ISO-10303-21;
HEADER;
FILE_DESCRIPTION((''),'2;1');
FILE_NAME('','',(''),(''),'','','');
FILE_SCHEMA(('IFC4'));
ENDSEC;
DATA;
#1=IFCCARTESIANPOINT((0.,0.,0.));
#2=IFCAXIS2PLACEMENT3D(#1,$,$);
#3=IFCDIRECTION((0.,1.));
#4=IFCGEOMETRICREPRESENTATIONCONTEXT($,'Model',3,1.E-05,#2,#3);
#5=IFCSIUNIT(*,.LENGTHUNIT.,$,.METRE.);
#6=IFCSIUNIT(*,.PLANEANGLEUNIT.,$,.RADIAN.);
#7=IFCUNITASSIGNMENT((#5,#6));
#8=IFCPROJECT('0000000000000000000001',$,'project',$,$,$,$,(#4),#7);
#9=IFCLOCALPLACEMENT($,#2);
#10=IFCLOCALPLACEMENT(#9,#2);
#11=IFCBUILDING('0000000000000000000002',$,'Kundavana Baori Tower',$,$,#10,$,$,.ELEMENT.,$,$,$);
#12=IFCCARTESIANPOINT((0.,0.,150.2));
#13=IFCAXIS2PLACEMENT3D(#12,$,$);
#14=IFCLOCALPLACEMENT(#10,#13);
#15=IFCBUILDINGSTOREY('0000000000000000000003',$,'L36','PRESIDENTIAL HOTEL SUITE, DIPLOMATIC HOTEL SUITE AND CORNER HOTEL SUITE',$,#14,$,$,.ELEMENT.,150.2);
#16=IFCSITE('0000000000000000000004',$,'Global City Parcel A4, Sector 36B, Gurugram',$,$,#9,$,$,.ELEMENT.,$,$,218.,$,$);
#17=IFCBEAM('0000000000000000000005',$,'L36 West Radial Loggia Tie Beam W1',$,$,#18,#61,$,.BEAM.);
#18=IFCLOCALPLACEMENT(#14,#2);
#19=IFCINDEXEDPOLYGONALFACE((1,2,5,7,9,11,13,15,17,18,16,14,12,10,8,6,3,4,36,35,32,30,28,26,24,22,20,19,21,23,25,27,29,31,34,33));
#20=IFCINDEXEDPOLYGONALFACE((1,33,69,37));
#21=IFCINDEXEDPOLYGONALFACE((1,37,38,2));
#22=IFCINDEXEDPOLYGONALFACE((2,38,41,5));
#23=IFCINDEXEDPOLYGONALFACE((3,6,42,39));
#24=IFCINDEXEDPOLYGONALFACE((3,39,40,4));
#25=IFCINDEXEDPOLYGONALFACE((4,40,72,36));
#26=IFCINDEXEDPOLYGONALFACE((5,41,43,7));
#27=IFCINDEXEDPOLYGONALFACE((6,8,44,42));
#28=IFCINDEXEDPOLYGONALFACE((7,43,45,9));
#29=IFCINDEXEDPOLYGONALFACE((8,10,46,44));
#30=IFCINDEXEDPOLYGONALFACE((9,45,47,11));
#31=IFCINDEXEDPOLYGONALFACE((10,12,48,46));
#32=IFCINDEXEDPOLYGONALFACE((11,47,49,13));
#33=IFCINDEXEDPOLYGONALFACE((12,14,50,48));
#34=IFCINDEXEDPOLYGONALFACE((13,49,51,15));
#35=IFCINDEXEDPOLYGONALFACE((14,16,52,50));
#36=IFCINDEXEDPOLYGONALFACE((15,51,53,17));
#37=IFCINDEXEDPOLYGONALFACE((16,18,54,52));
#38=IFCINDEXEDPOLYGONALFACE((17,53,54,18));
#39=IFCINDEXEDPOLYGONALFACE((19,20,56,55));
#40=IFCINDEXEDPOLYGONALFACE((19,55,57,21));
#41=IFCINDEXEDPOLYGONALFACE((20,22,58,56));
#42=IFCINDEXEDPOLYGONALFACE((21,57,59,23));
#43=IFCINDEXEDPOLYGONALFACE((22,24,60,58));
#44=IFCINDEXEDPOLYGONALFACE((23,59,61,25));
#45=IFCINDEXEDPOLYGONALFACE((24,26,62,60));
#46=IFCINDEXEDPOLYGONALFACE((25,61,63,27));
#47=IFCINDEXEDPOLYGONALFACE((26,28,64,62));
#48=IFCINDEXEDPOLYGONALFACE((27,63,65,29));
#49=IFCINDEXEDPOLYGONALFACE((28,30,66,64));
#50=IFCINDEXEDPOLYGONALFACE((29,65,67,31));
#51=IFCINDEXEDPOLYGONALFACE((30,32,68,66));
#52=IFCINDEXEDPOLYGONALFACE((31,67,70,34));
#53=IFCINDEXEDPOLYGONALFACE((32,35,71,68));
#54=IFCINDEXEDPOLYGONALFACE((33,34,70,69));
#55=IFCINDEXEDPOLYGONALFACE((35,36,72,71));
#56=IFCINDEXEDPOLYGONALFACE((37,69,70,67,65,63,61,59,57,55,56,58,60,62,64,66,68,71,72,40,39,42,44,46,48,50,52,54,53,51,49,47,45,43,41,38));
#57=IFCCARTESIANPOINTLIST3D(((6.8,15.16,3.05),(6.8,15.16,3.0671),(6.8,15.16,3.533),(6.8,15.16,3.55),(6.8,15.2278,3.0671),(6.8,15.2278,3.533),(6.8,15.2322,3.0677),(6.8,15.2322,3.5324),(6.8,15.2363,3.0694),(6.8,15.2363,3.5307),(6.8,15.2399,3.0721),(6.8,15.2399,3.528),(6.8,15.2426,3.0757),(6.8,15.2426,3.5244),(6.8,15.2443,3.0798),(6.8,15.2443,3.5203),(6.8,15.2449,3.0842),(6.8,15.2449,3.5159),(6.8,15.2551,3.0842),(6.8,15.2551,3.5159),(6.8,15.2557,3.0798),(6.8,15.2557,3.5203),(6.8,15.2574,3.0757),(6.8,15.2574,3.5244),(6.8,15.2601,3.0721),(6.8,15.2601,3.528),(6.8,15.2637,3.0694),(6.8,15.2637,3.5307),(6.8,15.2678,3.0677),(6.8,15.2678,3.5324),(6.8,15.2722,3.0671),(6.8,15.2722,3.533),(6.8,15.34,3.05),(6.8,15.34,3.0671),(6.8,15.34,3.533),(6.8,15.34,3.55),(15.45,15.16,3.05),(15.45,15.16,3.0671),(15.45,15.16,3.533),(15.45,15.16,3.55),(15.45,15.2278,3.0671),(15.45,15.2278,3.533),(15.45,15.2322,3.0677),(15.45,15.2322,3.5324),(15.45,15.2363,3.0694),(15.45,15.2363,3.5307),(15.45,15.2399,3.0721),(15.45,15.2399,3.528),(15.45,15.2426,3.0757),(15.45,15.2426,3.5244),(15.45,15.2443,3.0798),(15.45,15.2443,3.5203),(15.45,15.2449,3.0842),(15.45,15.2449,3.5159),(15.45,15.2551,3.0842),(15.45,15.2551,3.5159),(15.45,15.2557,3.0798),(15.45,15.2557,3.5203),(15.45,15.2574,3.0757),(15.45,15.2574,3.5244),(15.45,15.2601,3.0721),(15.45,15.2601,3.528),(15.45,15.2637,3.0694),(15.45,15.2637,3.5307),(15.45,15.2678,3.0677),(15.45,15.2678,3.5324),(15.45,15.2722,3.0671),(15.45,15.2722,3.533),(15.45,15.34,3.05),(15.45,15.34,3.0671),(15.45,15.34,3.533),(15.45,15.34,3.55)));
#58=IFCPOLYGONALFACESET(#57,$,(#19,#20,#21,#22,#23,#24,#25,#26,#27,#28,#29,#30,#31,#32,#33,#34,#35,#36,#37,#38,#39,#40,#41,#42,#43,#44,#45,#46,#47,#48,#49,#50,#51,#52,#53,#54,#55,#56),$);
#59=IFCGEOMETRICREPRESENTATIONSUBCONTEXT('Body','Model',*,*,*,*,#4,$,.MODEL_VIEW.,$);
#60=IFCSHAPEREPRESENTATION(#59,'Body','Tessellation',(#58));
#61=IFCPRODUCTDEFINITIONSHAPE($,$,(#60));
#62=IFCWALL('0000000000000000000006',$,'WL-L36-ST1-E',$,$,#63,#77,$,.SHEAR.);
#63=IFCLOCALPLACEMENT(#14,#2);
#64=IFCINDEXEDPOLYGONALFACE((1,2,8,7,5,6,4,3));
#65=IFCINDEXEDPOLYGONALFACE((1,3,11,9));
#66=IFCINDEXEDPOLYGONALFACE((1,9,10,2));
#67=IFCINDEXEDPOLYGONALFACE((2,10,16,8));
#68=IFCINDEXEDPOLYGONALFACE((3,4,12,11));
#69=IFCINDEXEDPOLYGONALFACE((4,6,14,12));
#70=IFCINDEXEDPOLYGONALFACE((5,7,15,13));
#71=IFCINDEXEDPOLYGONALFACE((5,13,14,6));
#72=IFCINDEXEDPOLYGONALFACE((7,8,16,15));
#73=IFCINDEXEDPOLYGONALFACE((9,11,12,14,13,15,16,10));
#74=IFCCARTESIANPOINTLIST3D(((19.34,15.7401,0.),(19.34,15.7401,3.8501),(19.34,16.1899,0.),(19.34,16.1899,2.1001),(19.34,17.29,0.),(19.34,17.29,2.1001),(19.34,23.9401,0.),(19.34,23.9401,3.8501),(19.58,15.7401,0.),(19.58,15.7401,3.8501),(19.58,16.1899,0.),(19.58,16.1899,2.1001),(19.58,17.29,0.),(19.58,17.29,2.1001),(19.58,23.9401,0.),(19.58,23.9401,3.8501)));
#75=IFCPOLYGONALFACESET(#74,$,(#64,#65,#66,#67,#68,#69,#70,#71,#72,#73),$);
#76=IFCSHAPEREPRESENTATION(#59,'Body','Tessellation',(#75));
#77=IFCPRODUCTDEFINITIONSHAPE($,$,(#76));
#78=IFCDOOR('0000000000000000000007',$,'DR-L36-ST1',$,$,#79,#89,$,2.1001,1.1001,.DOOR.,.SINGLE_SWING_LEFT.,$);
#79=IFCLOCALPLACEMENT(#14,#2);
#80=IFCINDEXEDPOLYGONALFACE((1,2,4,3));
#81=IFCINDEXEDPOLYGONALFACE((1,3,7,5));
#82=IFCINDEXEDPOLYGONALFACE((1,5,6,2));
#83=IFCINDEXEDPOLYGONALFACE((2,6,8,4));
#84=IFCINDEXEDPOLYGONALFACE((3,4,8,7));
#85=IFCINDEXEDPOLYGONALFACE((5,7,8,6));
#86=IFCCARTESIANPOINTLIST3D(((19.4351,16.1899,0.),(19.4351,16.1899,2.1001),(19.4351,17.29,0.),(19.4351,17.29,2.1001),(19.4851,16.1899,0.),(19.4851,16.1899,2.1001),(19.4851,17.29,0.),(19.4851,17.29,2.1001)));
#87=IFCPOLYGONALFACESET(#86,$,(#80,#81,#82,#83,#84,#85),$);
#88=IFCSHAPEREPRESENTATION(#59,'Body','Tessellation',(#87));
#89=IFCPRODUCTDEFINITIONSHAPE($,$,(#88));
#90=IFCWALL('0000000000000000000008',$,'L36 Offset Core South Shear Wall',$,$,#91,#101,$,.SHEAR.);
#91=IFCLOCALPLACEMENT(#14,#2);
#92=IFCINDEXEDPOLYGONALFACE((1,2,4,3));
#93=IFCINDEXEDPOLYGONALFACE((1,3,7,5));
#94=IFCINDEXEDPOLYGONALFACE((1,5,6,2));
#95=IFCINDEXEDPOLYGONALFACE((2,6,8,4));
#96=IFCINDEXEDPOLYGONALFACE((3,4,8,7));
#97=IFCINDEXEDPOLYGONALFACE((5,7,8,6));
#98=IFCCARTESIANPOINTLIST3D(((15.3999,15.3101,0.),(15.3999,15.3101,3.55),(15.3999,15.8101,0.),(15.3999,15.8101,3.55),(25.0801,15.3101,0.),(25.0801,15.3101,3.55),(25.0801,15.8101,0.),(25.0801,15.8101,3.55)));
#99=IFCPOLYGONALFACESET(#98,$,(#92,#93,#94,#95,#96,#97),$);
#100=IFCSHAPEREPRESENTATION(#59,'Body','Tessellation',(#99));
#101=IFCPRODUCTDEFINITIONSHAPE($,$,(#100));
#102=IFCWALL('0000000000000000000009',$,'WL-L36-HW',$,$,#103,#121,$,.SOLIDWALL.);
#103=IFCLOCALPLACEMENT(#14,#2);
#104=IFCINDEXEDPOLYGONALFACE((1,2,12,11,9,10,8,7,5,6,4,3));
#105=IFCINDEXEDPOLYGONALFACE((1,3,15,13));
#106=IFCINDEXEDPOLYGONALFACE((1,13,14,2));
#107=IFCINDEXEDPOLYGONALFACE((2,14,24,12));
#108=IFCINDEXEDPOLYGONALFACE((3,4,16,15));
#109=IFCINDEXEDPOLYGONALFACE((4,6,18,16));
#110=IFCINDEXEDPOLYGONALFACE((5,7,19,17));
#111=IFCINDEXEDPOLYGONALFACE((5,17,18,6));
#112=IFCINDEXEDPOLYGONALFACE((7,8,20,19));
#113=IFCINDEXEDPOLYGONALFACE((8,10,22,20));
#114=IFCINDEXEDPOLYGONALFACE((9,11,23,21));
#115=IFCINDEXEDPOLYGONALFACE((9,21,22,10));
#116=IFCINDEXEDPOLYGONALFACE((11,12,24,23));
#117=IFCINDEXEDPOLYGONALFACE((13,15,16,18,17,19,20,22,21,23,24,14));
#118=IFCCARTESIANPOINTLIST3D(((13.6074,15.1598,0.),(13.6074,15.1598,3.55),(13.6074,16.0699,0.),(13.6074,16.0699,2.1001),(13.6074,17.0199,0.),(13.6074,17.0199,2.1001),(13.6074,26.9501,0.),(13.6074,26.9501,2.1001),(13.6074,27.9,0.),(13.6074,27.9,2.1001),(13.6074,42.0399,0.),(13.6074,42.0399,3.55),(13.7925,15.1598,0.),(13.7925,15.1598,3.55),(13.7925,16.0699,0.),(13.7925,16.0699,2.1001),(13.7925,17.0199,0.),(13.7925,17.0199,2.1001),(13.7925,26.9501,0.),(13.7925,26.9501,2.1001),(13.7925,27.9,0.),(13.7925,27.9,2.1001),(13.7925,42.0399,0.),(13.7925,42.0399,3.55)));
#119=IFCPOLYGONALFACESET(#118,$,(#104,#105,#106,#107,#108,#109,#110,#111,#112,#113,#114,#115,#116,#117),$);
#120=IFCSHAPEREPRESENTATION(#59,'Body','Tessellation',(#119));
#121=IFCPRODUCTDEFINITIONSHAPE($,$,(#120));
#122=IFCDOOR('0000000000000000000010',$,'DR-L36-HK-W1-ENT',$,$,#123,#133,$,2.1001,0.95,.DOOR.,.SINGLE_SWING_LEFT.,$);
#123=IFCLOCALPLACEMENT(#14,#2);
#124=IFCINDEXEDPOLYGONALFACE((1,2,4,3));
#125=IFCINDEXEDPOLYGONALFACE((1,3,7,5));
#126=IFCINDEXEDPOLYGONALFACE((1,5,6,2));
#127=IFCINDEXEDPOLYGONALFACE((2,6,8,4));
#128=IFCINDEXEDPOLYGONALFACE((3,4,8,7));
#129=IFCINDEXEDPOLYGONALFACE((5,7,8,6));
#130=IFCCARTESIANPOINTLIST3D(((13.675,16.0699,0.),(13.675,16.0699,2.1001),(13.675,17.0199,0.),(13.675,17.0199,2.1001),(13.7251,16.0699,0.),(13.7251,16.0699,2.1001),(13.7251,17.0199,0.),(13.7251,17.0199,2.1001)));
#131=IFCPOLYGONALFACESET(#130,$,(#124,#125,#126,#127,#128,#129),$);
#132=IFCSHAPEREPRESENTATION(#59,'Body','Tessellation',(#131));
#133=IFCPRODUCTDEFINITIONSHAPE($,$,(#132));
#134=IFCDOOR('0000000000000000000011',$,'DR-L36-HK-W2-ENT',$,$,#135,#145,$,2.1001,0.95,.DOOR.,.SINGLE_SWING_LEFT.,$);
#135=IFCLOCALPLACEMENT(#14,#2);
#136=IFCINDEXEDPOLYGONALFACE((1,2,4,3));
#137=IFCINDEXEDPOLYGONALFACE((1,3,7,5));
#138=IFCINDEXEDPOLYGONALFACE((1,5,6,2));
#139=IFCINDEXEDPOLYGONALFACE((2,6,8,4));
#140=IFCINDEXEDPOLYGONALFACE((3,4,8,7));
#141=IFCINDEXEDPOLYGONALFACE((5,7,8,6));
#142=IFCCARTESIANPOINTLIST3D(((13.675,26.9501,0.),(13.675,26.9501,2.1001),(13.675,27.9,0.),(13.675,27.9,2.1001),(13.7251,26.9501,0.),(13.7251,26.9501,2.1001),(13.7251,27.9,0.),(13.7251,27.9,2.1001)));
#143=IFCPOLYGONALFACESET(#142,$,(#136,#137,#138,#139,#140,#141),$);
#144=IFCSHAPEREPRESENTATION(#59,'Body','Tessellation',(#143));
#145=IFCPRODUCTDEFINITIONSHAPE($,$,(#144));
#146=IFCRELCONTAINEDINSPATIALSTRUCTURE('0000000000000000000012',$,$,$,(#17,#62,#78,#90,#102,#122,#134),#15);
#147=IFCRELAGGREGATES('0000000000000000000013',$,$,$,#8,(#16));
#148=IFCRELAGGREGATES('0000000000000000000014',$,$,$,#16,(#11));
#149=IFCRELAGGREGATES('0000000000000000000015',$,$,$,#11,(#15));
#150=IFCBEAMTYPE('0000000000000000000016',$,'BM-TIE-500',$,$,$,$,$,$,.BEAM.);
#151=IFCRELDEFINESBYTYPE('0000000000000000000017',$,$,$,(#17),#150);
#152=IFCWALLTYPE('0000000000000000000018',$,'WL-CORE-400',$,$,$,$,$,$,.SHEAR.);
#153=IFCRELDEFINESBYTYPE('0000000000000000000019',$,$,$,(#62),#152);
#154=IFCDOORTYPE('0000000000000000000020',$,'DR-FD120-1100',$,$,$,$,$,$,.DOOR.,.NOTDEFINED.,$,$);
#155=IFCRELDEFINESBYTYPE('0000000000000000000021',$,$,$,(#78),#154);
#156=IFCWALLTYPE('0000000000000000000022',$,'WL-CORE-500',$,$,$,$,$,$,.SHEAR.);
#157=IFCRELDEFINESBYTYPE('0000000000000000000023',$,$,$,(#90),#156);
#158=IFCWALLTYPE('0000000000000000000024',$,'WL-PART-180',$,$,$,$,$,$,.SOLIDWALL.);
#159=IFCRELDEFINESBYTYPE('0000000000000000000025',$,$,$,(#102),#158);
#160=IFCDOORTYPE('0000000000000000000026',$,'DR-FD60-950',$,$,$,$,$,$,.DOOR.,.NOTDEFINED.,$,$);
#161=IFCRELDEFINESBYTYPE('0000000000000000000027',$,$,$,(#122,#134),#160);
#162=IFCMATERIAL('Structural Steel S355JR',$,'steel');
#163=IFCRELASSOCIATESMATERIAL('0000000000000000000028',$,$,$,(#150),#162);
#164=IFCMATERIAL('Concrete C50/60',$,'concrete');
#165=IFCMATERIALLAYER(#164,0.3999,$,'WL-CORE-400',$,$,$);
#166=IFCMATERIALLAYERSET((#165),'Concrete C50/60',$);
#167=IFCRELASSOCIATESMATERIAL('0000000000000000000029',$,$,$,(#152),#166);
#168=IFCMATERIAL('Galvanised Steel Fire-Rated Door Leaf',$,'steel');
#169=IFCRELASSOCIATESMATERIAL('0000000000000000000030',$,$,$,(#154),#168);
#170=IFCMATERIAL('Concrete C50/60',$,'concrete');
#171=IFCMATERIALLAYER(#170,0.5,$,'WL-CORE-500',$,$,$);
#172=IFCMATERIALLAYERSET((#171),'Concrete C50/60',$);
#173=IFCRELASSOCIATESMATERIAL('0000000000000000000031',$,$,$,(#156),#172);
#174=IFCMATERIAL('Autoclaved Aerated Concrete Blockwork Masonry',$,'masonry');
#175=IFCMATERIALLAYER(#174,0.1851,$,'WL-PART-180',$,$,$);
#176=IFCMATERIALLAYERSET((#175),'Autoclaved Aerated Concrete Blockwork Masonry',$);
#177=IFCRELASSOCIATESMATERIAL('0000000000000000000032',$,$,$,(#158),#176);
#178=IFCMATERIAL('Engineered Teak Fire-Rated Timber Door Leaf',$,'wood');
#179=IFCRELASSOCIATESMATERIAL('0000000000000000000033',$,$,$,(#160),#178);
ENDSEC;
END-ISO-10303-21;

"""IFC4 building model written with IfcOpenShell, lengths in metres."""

from ifc_helpers import new_model, si_unit, direction, frame, frame_2d, origin, origin_2d, place, context, subcontext, project, spatial, rectangle, i_section, extrude, material, layer, layer_set, material_profile, profile_set, type_object, element, fill, save


model = new_model("IFC4")

# Units and contexts
model_context = context("Model", 3, precision=1e-05, world=origin(), true_north=direction((0.0, 1.0)))
body_context = subcontext(model_context, "Body", "Model", "MODEL_VIEW")
ifc_project = project(units=[si_unit("LENGTHUNIT", "METRE"), si_unit("PLANEANGLEUNIT", "RADIAN")], contexts=[model_context])

# Site, building, storey
site_placement = place(None, origin())
site = spatial("IfcSite", under=ifc_project, at=site_placement, Name="Global City Parcel A4, Sector 36B, Gurugram", CompositionType="ELEMENT", RefElevation=218.0)
building_placement = place(site_placement, origin())
building = spatial("IfcBuilding", under=site, at=building_placement, Name="Kundavana Baori Tower", CompositionType="ELEMENT")
storey_placement = place(building_placement, frame((0.0, 0.0, 150.2)))
storey = spatial("IfcBuildingStorey", under=building, at=storey_placement, Name="L36", Description="PRESIDENTIAL HOTEL SUITE, DIPLOMATIC HOTEL SUITE AND CORNER HOTEL SUITE", CompositionType="ELEMENT", Elevation=150.2)

# Beam
ifc_material_1 = material(Name="Structural Steel S355JR", Category="steel")
ifc_material_profile_1 = material_profile(ifc_material_1, i_section(OverallWidth=0.1799, OverallDepth=0.5, WebThickness=0.0103, FlangeThickness=0.0171, FilletRadius=0.0171, at=origin_2d()), Name="ISMB 500")
ifc_profile_set_1 = profile_set([ifc_material_profile_1], Name="Structural Steel S355JR")
beam_type_1 = type_object("IfcBeamType", Name="BM-TIE-500", PredefinedType="BEAM", material=ifc_profile_set_1)
for number, where, z_axis, x_axis, name in (
    (1, (15.45, 15.25, 3.3), (-1.0, 0.0, 0.0), (0.0, -1.0, 0.0), "L36 West Radial Loggia Tie Beam W1"),
):
    element("IfcBeam", number, at=place(storey_placement, frame(where, z_axis=z_axis, x_axis=x_axis)), inside=storey, type_object=beam_type_1, Name=name, PredefinedType="BEAM", context=body_context, shape_type="SweptSolid", body=[
        extrude(i_section(OverallWidth=0.1799, OverallDepth=0.5, WebThickness=0.0103, FlangeThickness=0.0171, FilletRadius=0.0171, at=origin_2d()), origin(), (0.0, 0.0, 1.0), 8.6499),
    ])

# Wall, opening, door
ifc_material_2 = material(Name="Concrete C50/60", Category="concrete")
ifc_layer_1 = layer(ifc_material_2, 0.3999, Name="WL-CORE-400")
ifc_layer_set_1 = layer_set([ifc_layer_1], Name="Concrete C50/60")
wall_type_1 = type_object("IfcWallType", Name="WL-CORE-400", PredefinedType="SHEAR", material=ifc_layer_set_1)
wall_1_placement = place(storey_placement, frame((19.46, 15.74, 0.0), z_axis=(0.0, 0.0, 1.0), x_axis=(0.0, 1.0, 0.0)))
wall_1 = element("IfcWall", 2, at=wall_1_placement, inside=storey, type_object=wall_type_1, Name="WL-L36-ST1-E", PredefinedType="SHEAR", context=body_context, shape_type="SweptSolid", body=[
    extrude(rectangle(XDim=8.2, YDim=0.24, at=frame_2d((4.1001, 0.0))), origin(), (0.0, 0.0, 1.0), 3.8501),
])
opening_1_placement = place(wall_1_placement, frame((0.45, 0.0, 0.0)))
opening_1 = element("IfcOpeningElement", 3, at=opening_1_placement, cuts=wall_1, PredefinedType="OPENING", context=body_context, shape_type="SweptSolid", body=[
    extrude(rectangle(XDim=1.1001, YDim=2.1001, at=frame_2d((0.55, 1.05))), frame((0.0, 0.1299, 0.0), z_axis=(0.0, -1.0, 0.0), x_axis=(1.0, 0.0, 0.0)), (0.0, 0.0, 1.0), 0.26),
])
ifc_material_3 = material(Name="Galvanised Steel Fire-Rated Door Leaf", Category="steel")
door_type_1 = type_object("IfcDoorType", Name="DR-FD120-1100", OperationType="NOTDEFINED", PredefinedType="DOOR", material=ifc_material_3)
door_1_placement = place(opening_1_placement, origin())
door_1 = element("IfcDoor", 4, at=door_1_placement, inside=storey, type_object=door_type_1, Name="DR-L36-ST1", OperationType="SINGLE_SWING_LEFT", OverallHeight=2.1001, OverallWidth=1.1001, PredefinedType="DOOR", context=body_context, shape_type="SweptSolid", body=[
    extrude(rectangle(XDim=1.1001, YDim=2.1001, at=frame_2d((0.55, 1.05))), frame((0.0, 0.0249, 0.0), z_axis=(0.0, -1.0, 0.0), x_axis=(1.0, 0.0, 0.0)), (0.0, 0.0, 1.0), 0.05),
])
fill(opening_1, door_1)

# Wall
ifc_material_4 = material(Name="Concrete C50/60", Category="concrete")
ifc_layer_2 = layer(ifc_material_4, 0.5, Name="WL-CORE-500")
ifc_layer_set_2 = layer_set([ifc_layer_2], Name="Concrete C50/60")
wall_type_2 = type_object("IfcWallType", Name="WL-CORE-500", PredefinedType="SHEAR", material=ifc_layer_set_2)
wall_2_placement = place(storey_placement, frame((15.3999, 15.5601, 0.0), z_axis=(0.0, 0.0, 1.0), x_axis=(1.0, 0.0, 0.0)))
element("IfcWall", 5, at=wall_2_placement, inside=storey, type_object=wall_type_2, Name="L36 Offset Core South Shear Wall", PredefinedType="SHEAR", context=body_context, shape_type="SweptSolid", body=[
    extrude(rectangle(XDim=9.6802, YDim=0.5, at=frame_2d((4.8401, 0.0))), origin(), (0.0, 0.0, 1.0), 3.55),
])

# Wall, openings, doors
ifc_material_5 = material(Name="Autoclaved Aerated Concrete Blockwork Masonry", Category="masonry")
ifc_layer_3 = layer(ifc_material_5, 0.1851, Name="WL-PART-180")
ifc_layer_set_3 = layer_set([ifc_layer_3], Name="Autoclaved Aerated Concrete Blockwork Masonry")
wall_type_3 = type_object("IfcWallType", Name="WL-PART-180", PredefinedType="SOLIDWALL", material=ifc_layer_set_3)
wall_3_placement = place(storey_placement, frame((13.7, 15.1599, 0.0), z_axis=(0.0, 0.0, 1.0), x_axis=(0.0, 1.0, 0.0)))
wall_3 = element("IfcWall", 6, at=wall_3_placement, inside=storey, type_object=wall_type_3, Name="WL-L36-HW", PredefinedType="SOLIDWALL", context=body_context, shape_type="SweptSolid", body=[
    extrude(rectangle(XDim=26.8801, YDim=0.1851, at=frame_2d((13.4399, 0.0))), origin(), (0.0, 0.0, 1.0), 3.55),
])
opening_2_placement = place(wall_3_placement, frame((0.9099, 0.0, 0.0)))
opening_2 = element("IfcOpeningElement", 7, at=opening_2_placement, cuts=wall_3, PredefinedType="OPENING", context=body_context, shape_type="SweptSolid", body=[
    extrude(rectangle(XDim=0.95, YDim=2.1001, at=frame_2d((0.4751, 1.05))), frame((0.0, 0.1025, 0.0), z_axis=(0.0, -1.0, 0.0), x_axis=(1.0, 0.0, 0.0)), (0.0, 0.0, 1.0), 0.2051),
])
opening_3_placement = place(wall_3_placement, frame((11.79, 0.0, 0.0)))
opening_3 = element("IfcOpeningElement", 8, at=opening_3_placement, cuts=wall_3, PredefinedType="OPENING", context=body_context, shape_type="SweptSolid", body=[
    extrude(rectangle(XDim=0.95, YDim=2.1001, at=frame_2d((0.4751, 1.05))), frame((0.0, 0.1025, 0.0), z_axis=(0.0, -1.0, 0.0), x_axis=(1.0, 0.0, 0.0)), (0.0, 0.0, 1.0), 0.2051),
])
ifc_material_6 = material(Name="Engineered Teak Fire-Rated Timber Door Leaf", Category="wood")
door_type_2 = type_object("IfcDoorType", Name="DR-FD60-950", OperationType="NOTDEFINED", PredefinedType="DOOR", material=ifc_material_6)
door_2_placement = place(opening_2_placement, origin())
door_2 = element("IfcDoor", 9, at=door_2_placement, inside=storey, type_object=door_type_2, Name="DR-L36-HK-W1-ENT", OperationType="SINGLE_SWING_LEFT", OverallHeight=2.1001, OverallWidth=0.95, PredefinedType="DOOR", context=body_context, shape_type="SweptSolid", body=[
    extrude(rectangle(XDim=0.95, YDim=2.1001, at=frame_2d((0.4751, 1.05))), frame((0.0, 0.0249, 0.0), z_axis=(0.0, -1.0, 0.0), x_axis=(1.0, 0.0, 0.0)), (0.0, 0.0, 1.0), 0.05),
])
fill(opening_2, door_2)
door_3_placement = place(opening_3_placement, origin())
door_3 = element("IfcDoor", 10, at=door_3_placement, inside=storey, type_object=door_type_2, Name="DR-L36-HK-W2-ENT", OperationType="SINGLE_SWING_LEFT", OverallHeight=2.1001, OverallWidth=0.95, PredefinedType="DOOR", context=body_context, shape_type="SweptSolid", body=[
    extrude(rectangle(XDim=0.95, YDim=2.1001, at=frame_2d((0.4751, 1.05))), frame((0.0, 0.0249, 0.0), z_axis=(0.0, -1.0, 0.0), x_axis=(1.0, 0.0, 0.0)), (0.0, 0.0, 1.0), 0.05),
])
fill(opening_3, door_3)

save(model, "model.ifc")
